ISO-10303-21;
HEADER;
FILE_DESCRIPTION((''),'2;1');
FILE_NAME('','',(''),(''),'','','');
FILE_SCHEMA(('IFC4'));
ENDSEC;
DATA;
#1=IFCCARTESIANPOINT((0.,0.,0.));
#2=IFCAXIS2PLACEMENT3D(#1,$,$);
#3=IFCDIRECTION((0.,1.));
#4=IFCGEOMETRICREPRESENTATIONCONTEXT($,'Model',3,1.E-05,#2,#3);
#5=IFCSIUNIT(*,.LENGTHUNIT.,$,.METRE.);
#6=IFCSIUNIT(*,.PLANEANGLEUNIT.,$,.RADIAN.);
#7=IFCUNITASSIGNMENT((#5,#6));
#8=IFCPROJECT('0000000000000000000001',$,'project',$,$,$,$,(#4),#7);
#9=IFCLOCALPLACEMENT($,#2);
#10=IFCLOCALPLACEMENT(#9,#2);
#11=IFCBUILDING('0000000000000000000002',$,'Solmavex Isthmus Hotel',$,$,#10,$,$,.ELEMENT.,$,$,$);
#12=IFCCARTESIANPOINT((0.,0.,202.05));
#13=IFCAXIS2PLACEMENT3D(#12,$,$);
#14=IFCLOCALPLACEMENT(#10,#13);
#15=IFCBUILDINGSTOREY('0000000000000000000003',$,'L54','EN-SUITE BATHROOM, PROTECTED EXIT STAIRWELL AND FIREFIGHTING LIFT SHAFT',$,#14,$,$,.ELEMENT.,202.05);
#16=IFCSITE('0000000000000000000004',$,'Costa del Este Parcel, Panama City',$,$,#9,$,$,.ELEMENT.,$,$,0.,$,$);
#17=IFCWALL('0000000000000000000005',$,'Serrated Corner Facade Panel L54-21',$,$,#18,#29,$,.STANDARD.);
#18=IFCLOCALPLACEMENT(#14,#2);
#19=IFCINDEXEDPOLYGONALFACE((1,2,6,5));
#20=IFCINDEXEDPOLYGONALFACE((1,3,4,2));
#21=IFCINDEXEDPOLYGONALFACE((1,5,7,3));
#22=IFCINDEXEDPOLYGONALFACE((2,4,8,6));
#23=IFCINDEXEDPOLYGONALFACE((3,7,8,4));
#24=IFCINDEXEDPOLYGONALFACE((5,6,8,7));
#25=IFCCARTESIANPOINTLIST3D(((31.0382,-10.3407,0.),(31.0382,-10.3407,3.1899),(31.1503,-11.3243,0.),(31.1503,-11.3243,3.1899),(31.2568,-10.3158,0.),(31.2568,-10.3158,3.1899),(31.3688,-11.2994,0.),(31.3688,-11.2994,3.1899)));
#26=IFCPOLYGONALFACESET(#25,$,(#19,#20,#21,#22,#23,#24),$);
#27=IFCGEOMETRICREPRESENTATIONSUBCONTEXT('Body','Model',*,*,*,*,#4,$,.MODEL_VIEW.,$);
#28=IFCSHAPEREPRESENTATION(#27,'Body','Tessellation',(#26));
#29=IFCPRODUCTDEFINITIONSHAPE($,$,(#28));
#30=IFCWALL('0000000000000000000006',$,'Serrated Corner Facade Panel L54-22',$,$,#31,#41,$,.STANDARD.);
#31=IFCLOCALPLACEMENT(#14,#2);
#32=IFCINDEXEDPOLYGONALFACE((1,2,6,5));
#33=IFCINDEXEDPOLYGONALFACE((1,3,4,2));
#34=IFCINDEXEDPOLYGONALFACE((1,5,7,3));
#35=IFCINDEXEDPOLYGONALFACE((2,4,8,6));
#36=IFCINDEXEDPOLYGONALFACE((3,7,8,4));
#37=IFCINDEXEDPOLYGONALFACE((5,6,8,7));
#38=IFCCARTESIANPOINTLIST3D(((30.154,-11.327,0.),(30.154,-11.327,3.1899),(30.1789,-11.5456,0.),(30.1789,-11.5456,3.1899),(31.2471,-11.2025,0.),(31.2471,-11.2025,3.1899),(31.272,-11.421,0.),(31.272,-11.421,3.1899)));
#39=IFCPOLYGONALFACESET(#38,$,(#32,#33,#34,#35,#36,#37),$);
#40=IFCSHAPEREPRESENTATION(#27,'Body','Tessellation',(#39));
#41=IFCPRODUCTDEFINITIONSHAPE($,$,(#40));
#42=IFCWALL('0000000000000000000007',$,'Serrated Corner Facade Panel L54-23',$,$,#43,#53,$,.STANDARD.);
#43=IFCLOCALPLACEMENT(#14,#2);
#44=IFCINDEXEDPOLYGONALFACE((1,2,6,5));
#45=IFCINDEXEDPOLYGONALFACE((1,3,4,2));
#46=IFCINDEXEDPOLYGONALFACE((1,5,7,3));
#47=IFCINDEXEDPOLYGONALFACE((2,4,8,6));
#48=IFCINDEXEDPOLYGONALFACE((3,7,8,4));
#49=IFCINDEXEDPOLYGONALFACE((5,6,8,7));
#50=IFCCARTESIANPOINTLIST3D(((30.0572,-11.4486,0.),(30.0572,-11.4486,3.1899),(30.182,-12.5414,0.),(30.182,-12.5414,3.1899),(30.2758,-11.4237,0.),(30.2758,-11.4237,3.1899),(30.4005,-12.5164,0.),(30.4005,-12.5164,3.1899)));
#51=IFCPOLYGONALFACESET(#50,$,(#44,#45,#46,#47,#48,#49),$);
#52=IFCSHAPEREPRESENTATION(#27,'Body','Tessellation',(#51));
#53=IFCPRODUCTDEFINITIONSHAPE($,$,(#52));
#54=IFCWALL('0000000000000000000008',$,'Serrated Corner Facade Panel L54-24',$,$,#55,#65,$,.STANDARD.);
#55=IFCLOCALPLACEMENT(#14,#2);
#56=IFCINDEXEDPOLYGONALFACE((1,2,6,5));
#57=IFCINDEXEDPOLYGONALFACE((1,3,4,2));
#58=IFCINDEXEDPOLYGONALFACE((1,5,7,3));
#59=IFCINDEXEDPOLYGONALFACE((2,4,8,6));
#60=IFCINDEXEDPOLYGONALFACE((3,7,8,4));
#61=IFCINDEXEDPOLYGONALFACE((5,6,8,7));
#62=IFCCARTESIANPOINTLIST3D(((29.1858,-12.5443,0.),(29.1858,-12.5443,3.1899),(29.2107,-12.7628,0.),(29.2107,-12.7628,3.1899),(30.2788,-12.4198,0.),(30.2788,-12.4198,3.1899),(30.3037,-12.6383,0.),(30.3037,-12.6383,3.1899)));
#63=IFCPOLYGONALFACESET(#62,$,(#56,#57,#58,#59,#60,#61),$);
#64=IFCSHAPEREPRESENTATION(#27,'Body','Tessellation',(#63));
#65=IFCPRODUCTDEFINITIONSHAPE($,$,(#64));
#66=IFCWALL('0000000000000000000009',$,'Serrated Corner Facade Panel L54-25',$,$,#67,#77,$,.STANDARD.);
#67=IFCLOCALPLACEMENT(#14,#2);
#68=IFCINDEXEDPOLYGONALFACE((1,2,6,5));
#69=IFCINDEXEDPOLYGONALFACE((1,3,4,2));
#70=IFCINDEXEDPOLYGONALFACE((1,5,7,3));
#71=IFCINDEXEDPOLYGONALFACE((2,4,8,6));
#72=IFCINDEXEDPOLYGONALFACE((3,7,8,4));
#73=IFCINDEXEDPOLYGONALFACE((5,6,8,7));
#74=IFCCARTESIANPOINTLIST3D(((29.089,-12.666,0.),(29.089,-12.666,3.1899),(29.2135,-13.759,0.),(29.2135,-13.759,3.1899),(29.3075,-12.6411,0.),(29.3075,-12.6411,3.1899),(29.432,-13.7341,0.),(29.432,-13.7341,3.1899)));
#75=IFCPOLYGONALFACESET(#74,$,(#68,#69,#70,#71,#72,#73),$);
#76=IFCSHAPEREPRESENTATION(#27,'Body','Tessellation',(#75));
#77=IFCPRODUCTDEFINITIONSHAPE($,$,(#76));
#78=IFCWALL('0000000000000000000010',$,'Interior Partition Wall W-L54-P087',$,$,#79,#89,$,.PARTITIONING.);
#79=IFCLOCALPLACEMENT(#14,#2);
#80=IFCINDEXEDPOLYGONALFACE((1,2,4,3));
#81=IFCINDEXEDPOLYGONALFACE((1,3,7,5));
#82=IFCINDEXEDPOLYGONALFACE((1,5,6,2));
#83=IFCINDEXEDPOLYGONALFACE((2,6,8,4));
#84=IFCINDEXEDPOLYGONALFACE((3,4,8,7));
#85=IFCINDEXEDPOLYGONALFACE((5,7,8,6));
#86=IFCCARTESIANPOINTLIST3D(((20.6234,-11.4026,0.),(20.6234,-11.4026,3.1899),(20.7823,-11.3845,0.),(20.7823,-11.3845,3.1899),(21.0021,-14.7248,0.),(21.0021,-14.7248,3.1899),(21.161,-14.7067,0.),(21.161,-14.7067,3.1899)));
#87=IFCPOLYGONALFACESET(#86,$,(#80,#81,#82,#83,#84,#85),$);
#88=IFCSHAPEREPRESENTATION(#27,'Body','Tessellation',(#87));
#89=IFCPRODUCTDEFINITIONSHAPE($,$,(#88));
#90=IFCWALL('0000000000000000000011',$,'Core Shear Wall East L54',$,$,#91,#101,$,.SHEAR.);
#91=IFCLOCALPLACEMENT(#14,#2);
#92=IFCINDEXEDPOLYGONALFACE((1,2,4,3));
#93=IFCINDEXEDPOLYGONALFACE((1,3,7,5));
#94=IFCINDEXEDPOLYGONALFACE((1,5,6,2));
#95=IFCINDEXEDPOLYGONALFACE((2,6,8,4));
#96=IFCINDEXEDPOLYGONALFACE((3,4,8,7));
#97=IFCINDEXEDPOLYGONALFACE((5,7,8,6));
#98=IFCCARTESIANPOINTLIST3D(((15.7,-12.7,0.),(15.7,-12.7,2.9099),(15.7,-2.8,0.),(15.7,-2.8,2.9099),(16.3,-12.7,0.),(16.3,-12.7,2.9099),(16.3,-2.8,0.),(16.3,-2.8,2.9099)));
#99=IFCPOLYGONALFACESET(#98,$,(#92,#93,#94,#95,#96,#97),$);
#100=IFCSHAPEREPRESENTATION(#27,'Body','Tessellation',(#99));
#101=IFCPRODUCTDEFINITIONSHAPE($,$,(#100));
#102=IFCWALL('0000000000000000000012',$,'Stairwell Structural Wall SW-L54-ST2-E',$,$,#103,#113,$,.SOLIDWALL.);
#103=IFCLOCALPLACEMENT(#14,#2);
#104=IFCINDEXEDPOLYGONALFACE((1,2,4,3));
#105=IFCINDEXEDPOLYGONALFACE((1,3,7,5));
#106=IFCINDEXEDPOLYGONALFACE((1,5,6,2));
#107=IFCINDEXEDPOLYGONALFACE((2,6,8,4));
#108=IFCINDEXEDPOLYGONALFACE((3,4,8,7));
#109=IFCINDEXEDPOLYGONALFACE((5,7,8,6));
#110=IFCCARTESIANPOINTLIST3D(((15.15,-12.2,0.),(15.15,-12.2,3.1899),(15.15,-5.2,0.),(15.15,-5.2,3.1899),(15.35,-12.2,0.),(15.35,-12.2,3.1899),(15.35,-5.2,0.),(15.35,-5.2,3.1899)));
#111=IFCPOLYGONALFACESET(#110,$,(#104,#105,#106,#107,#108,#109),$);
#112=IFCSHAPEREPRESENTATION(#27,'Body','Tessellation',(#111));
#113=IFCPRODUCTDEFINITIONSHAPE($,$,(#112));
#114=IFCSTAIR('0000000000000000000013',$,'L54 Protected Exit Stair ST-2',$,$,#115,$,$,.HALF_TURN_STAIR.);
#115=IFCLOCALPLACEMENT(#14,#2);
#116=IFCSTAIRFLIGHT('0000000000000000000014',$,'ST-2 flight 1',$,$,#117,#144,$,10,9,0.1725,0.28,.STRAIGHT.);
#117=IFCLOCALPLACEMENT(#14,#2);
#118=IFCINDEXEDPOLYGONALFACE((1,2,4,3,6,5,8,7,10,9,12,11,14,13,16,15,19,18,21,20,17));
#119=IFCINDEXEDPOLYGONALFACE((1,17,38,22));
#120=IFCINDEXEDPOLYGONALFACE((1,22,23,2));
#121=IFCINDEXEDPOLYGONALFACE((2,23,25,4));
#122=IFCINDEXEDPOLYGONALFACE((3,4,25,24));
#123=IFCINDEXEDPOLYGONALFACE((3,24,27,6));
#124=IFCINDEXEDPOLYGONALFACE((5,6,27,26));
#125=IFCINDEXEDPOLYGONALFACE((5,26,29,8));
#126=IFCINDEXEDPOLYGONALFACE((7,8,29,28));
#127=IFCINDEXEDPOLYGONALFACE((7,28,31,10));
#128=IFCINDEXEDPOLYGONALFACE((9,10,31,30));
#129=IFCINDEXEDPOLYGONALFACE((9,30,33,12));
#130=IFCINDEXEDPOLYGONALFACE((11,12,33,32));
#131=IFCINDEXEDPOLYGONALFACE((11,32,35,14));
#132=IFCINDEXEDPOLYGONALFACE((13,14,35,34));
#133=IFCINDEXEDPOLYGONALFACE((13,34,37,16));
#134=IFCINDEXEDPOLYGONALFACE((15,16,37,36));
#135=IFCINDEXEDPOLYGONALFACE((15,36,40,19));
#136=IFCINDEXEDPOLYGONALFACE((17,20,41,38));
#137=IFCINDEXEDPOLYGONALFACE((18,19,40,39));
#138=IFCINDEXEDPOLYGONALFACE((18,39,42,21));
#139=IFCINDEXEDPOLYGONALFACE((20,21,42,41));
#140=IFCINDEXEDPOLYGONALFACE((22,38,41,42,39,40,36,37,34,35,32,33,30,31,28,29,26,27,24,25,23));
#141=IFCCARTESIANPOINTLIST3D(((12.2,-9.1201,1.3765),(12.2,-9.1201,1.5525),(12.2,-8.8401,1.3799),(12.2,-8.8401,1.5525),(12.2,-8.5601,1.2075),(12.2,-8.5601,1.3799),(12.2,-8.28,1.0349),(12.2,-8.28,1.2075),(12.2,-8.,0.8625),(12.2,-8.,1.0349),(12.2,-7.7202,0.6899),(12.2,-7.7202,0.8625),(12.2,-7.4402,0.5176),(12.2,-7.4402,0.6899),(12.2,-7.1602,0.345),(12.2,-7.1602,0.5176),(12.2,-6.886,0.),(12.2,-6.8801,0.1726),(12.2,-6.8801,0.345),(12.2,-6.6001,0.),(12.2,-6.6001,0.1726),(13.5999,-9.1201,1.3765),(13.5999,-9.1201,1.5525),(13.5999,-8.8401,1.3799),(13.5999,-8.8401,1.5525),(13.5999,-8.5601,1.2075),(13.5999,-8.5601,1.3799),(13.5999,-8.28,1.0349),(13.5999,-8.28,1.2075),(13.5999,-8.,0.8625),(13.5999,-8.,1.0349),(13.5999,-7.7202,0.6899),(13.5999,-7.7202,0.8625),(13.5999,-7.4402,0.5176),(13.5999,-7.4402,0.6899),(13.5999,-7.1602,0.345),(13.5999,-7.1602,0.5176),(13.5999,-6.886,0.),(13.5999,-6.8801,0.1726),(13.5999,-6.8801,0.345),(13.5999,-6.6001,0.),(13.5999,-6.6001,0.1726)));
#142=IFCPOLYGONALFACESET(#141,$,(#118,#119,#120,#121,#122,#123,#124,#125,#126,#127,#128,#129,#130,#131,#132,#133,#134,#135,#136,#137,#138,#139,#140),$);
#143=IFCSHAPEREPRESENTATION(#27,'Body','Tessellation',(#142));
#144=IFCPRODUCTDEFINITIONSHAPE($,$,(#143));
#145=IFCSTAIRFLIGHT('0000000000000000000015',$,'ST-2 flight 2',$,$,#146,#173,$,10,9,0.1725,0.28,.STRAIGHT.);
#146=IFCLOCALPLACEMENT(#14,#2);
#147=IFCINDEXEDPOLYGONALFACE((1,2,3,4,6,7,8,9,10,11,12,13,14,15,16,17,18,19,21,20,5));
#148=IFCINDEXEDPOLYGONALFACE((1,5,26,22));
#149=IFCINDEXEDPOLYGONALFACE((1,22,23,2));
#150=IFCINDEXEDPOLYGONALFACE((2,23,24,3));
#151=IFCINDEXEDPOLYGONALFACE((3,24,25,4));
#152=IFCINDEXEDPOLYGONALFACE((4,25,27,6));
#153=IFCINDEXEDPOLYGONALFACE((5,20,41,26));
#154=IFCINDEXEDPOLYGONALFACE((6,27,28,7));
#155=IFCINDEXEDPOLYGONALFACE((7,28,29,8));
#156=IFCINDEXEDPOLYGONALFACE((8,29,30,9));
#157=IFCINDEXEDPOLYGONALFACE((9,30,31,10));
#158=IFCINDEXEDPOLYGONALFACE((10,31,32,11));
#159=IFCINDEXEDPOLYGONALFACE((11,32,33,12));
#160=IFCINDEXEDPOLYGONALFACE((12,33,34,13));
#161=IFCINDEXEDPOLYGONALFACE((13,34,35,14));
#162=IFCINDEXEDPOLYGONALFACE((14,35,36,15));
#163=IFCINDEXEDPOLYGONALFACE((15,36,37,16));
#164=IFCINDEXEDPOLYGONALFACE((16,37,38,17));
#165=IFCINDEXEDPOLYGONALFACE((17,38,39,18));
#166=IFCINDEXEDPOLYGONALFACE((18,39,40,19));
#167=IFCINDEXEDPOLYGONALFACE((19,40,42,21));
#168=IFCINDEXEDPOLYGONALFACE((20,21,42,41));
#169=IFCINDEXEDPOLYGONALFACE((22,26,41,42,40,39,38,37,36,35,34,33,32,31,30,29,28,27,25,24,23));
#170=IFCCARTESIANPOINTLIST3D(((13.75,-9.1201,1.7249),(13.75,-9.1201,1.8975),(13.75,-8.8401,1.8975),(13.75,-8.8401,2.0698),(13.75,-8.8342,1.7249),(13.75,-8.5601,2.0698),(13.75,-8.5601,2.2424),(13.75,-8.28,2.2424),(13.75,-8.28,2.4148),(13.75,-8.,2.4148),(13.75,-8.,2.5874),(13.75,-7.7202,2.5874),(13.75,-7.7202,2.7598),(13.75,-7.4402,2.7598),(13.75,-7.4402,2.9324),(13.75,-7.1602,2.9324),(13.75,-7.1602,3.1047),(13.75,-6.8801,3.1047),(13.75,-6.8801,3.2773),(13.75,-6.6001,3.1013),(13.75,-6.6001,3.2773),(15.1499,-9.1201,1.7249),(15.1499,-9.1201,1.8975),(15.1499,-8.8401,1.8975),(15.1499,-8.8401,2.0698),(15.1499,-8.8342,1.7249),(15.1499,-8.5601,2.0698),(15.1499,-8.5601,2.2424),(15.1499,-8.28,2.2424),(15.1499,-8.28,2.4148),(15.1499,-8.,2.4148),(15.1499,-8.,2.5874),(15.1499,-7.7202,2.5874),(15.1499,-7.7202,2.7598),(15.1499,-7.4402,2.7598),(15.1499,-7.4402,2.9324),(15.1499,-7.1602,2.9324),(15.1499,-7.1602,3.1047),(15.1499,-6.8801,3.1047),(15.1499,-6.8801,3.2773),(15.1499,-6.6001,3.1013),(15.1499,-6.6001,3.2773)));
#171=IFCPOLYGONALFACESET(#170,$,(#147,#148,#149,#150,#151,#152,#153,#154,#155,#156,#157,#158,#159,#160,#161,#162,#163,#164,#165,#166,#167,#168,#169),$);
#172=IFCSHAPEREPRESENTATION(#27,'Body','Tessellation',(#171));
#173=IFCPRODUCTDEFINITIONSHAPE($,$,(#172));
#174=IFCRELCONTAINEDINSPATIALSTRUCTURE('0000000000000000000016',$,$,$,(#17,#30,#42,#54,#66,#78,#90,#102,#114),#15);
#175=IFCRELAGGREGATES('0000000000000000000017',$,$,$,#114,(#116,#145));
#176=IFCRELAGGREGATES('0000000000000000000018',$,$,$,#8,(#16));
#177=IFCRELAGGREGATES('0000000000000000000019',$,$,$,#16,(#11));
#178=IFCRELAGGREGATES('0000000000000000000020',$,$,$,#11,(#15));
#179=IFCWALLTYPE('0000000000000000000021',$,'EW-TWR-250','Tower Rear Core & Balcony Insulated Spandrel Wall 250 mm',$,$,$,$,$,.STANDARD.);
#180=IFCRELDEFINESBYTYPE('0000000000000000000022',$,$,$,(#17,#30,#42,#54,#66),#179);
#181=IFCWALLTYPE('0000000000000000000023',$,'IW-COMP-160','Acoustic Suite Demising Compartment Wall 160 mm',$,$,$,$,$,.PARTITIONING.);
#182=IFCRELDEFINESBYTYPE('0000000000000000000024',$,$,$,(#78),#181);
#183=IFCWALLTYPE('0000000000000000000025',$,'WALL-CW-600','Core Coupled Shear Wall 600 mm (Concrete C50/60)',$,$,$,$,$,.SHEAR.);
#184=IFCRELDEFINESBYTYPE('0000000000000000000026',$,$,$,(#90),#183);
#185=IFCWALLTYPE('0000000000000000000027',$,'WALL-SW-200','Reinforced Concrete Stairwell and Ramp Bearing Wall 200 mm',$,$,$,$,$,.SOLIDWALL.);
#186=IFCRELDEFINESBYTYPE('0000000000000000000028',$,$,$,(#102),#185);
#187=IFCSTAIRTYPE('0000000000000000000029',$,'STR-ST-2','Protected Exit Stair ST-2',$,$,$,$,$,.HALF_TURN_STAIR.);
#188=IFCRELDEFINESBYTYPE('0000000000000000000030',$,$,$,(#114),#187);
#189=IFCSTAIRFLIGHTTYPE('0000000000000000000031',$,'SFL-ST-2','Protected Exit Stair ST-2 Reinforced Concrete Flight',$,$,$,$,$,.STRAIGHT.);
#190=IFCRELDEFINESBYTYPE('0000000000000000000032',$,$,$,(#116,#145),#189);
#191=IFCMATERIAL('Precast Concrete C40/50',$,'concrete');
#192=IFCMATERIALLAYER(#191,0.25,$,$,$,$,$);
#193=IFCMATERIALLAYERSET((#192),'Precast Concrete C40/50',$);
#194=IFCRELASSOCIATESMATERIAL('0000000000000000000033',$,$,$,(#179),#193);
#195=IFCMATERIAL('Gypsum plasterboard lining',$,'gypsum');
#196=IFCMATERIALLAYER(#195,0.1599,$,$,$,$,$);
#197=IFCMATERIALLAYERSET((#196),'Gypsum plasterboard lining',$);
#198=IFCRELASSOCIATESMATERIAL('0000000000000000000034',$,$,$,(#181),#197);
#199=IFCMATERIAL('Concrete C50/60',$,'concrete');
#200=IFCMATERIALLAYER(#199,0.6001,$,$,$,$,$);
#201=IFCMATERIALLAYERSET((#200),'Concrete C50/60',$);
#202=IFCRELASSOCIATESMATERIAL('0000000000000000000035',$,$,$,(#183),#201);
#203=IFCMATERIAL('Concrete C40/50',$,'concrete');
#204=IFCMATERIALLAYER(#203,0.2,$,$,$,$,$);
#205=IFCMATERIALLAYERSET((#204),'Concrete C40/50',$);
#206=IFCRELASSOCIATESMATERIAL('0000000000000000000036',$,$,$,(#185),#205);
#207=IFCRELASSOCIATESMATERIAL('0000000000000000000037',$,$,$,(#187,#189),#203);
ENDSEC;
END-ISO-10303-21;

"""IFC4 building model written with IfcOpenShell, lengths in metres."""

from ifc_helpers import new_model, si_unit, direction, frame, frame_2d, origin, place, context, subcontext, project, spatial, polyline, rectangle, outline, extrude, material, layer, layer_set, type_object, element, aggregate, save


model = new_model("IFC4")

# Units and contexts
model_context = context("Model", 3, precision=1e-05, world=origin(), true_north=direction((0.0, 1.0)))
body_context = subcontext(model_context, "Body", "Model", "MODEL_VIEW")
ifc_project = project(units=[si_unit("LENGTHUNIT", "METRE"), si_unit("PLANEANGLEUNIT", "RADIAN")], contexts=[model_context])

# Site, building, storey
site_placement = place(None, origin())
site = spatial("IfcSite", under=ifc_project, at=site_placement, Name="Costa del Este Parcel, Panama City", CompositionType="ELEMENT", RefElevation=0.0)
building_placement = place(site_placement, origin())
building = spatial("IfcBuilding", under=site, at=building_placement, Name="Solmavex Isthmus Hotel", CompositionType="ELEMENT")
storey_placement = place(building_placement, frame((0.0, 0.0, 202.05)))
storey = spatial("IfcBuildingStorey", under=building, at=storey_placement, Name="L54", Description="EN-SUITE BATHROOM, PROTECTED EXIT STAIRWELL AND FIREFIGHTING LIFT SHAFT", CompositionType="ELEMENT", Elevation=202.05)

# Shared definitions
ifc_material_1 = material(Name="Concrete C50/60", Category="concrete")

# Walls
ifc_material_2 = material(Name="Precast Concrete C40/50", Category="concrete")
ifc_layer_1 = layer(ifc_material_2, 0.25)
ifc_layer_set_1 = layer_set([ifc_layer_1], Name="Precast Concrete C40/50")
wall_type_1 = type_object("IfcWallType", Name="EW-TWR-250", Description="Tower Rear Core & Balcony Insulated Spandrel Wall 250 mm", PredefinedType="STANDARD", material=ifc_layer_set_1)
wall_1_placement = place(storey_placement, frame((31.1475, -10.3281, 0.0), z_axis=(0.0, 0.0, 1.0), x_axis=(0.113192, -0.993573, 0.0)))
element("IfcWall", 1, at=wall_1_placement, inside=storey, type_object=wall_type_1, Name="Serrated Corner Facade Panel L54-21", PredefinedType="STANDARD", context=body_context, shape_type="SweptSolid", body=[
    extrude(rectangle(XDim=0.99, YDim=0.22, at=frame_2d((0.4951, 0.0))), origin(), (0.0, 0.0, 1.0), 3.1899),
])
wall_2_placement = place(storey_placement, frame((31.2595, -11.3118, 0.0), z_axis=(0.0, 0.0, 1.0), x_axis=(-0.993574, -0.113184, 0.0)))
element("IfcWall", 2, at=wall_2_placement, inside=storey, type_object=wall_type_1, Name="Serrated Corner Facade Panel L54-22", PredefinedType="STANDARD", context=body_context, shape_type="SweptSolid", body=[
    extrude(rectangle(XDim=1.1001, YDim=0.22, at=frame_2d((0.55, 0.0))), origin(), (0.0, 0.0, 1.0), 3.1899),
])
wall_3_placement = place(storey_placement, frame((30.1665, -11.4363, 0.0), z_axis=(0.0, 0.0, 1.0), x_axis=(0.113428, -0.993546, 0.0)))
element("IfcWall", 3, at=wall_3_placement, inside=storey, type_object=wall_type_1, Name="Serrated Corner Facade Panel L54-23", PredefinedType="STANDARD", context=body_context, shape_type="SweptSolid", body=[
    extrude(rectangle(XDim=1.0999, YDim=0.22, at=frame_2d((0.5498, 0.0))), origin(), (0.0, 0.0, 1.0), 3.1899),
])
for number, where, z_axis, x_axis, name in (
    (4, (30.2913, -12.5291, 0.0), (0.0, 0.0, 1.0), (-0.993574, -0.113184, 0.0), "Serrated Corner Facade Panel L54-24"),
    (5, (29.1982, -12.6536, 0.0), (0.0, 0.0, 1.0), (0.113184, -0.993574, 0.0), "Serrated Corner Facade Panel L54-25"),
):
    element("IfcWall", number, at=place(storey_placement, frame(where, z_axis=z_axis, x_axis=x_axis)), inside=storey, type_object=wall_type_1, Name=name, PredefinedType="STANDARD", context=body_context, shape_type="SweptSolid", body=[
        extrude(rectangle(XDim=1.1001, YDim=0.22, at=frame_2d((0.55, 0.0))), origin(), (0.0, 0.0, 1.0), 3.1899),
    ])
ifc_material_3 = material(Name="Gypsum plasterboard lining", Category="gypsum")
ifc_layer_2 = layer(ifc_material_3, 0.1599)
ifc_layer_set_2 = layer_set([ifc_layer_2], Name="Gypsum plasterboard lining")
wall_type_2 = type_object("IfcWallType", Name="IW-COMP-160", Description="Acoustic Suite Demising Compartment Wall 160 mm", PredefinedType="PARTITIONING", material=ifc_layer_set_2)
wall_4_placement = place(storey_placement, frame((20.7029, -11.3936, 0.0), z_axis=(0.0, 0.0, 1.0), x_axis=(0.113244, -0.993567, 0.0)))
element("IfcWall", 6, at=wall_4_placement, inside=storey, type_object=wall_type_2, Name="Interior Partition Wall W-L54-P087", PredefinedType="PARTITIONING", context=body_context, shape_type="SweptSolid", body=[
    extrude(rectangle(XDim=3.3438, YDim=0.1599, at=frame_2d((1.6719, 0.0))), origin(), (0.0, 0.0, 1.0), 3.1899),
])
ifc_layer_3 = layer(ifc_material_1, 0.6001)
ifc_layer_set_3 = layer_set([ifc_layer_3], Name="Concrete C50/60")
wall_type_3 = type_object("IfcWallType", Name="WALL-CW-600", Description="Core Coupled Shear Wall 600 mm (Concrete C50/60)", PredefinedType="SHEAR", material=ifc_layer_set_3)
wall_5_placement = place(storey_placement, frame((16.0, -12.7, 0.0), z_axis=(0.0, 0.0, 1.0), x_axis=(0.0, 1.0, 0.0)))
element("IfcWall", 7, at=wall_5_placement, inside=storey, type_object=wall_type_3, Name="Core Shear Wall East L54", PredefinedType="SHEAR", context=body_context, shape_type="SweptSolid", body=[
    extrude(rectangle(XDim=9.8999, YDim=0.6001, at=frame_2d((4.95, 0.0))), origin(), (0.0, 0.0, 1.0), 2.9099),
])
ifc_material_4 = material(Name="Concrete C40/50", Category="concrete")
ifc_layer_4 = layer(ifc_material_4, 0.2)
ifc_layer_set_4 = layer_set([ifc_layer_4], Name="Concrete C40/50")
wall_type_4 = type_object("IfcWallType", Name="WALL-SW-200", Description="Reinforced Concrete Stairwell and Ramp Bearing Wall 200 mm", PredefinedType="SOLIDWALL", material=ifc_layer_set_4)
wall_6_placement = place(storey_placement, frame((15.25, -12.2, 0.0), z_axis=(0.0, 0.0, 1.0), x_axis=(0.0, 1.0, 0.0)))
element("IfcWall", 8, at=wall_6_placement, inside=storey, type_object=wall_type_4, Name="Stairwell Structural Wall SW-L54-ST2-E", PredefinedType="SOLIDWALL", context=body_context, shape_type="SweptSolid", body=[
    extrude(rectangle(XDim=7.0, YDim=0.2, at=frame_2d((3.5, 0.0))), origin(), (0.0, 0.0, 1.0), 3.1899),
])

# Stair, stair flights
stair_type = type_object("IfcStairType", Name="STR-ST-2", Description="Protected Exit Stair ST-2", PredefinedType="HALF_TURN_STAIR", material=ifc_material_4)
stair_placement = place(storey_placement, origin())
stair = element("IfcStair", 9, at=stair_placement, inside=storey, type_object=stair_type, Name="L54 Protected Exit Stair ST-2", PredefinedType="HALF_TURN_STAIR")
stair_flight_type = type_object("IfcStairFlightType", Name="SFL-ST-2", Description="Protected Exit Stair ST-2 Reinforced Concrete Flight", PredefinedType="STRAIGHT", material=ifc_material_4)
stair_flight_1_placement = place(storey_placement, frame((12.8999, -6.6001, 0.0), z_axis=(0.0, 0.0, 1.0), x_axis=(0.0, -1.0, 0.0)))
stair_flight_1 = element("IfcStairFlight", 10, at=stair_flight_1_placement, type_object=stair_flight_type, Name="ST-2 flight 1", NumberOfRisers=10, NumberOfTreads=9, PredefinedType="STRAIGHT", RiserHeight=0.1725, TreadLength=0.28, context=body_context, shape_type="SweptSolid", body=[
    extrude(outline(polyline([(0.0, 0.0), (0.0, 0.1726), (0.28, 0.1726), (0.28, 0.345), (0.5601, 0.345), (0.5601, 0.5176), (0.8401, 0.5176), (0.8401, 0.6899), (1.1201, 0.6899), (1.1201, 0.8625), (1.3999, 0.8625), (1.3999, 1.0349), (1.6799, 1.0349), (1.6799, 1.2075), (1.96, 1.2075), (1.96, 1.3799), (2.24, 1.3799), (2.24, 1.5525), (2.52, 1.5525), (2.52, 1.7251), (2.52, 1.3765), (0.2859, 0.0), (0.0, 0.0)])), frame((0.0, 0.7, 0.0), z_axis=(0.0, -1.0, 0.0), x_axis=(1.0, 0.0, 0.0)), (0.0, 0.0, 1.0), 1.3999),
])
stair_flight_2_placement = place(storey_placement, frame((14.45, -9.1201, 1.7249), z_axis=(0.0, 0.0, 1.0), x_axis=(0.0, 1.0, 0.0)))
stair_flight_2 = element("IfcStairFlight", 11, at=stair_flight_2_placement, type_object=stair_flight_type, Name="ST-2 flight 2", NumberOfRisers=10, NumberOfTreads=9, PredefinedType="STRAIGHT", RiserHeight=0.1725, TreadLength=0.28, context=body_context, shape_type="SweptSolid", body=[
    extrude(outline(polyline([(0.0, 0.0), (0.0, 0.1726), (0.28, 0.1726), (0.28, 0.345), (0.5601, 0.345), (0.5601, 0.5176), (0.8401, 0.5176), (0.8401, 0.6899), (1.1201, 0.6899), (1.1201, 0.8625), (1.3999, 0.8625), (1.3999, 1.0349), (1.6799, 1.0349), (1.6799, 1.2075), (1.96, 1.2075), (1.96, 1.3799), (2.24, 1.3799), (2.24, 1.5525), (2.52, 1.5525), (2.52, 1.7251), (2.52, 1.3765), (0.2859, 0.0), (0.0, 0.0)])), frame((0.0, 0.7, 0.0), z_axis=(0.0, -1.0, 0.0), x_axis=(1.0, 0.0, 0.0)), (0.0, 0.0, 1.0), 1.3999),
])
aggregate(stair, [stair_flight_1, stair_flight_2])

save(model, "model.ifc")
